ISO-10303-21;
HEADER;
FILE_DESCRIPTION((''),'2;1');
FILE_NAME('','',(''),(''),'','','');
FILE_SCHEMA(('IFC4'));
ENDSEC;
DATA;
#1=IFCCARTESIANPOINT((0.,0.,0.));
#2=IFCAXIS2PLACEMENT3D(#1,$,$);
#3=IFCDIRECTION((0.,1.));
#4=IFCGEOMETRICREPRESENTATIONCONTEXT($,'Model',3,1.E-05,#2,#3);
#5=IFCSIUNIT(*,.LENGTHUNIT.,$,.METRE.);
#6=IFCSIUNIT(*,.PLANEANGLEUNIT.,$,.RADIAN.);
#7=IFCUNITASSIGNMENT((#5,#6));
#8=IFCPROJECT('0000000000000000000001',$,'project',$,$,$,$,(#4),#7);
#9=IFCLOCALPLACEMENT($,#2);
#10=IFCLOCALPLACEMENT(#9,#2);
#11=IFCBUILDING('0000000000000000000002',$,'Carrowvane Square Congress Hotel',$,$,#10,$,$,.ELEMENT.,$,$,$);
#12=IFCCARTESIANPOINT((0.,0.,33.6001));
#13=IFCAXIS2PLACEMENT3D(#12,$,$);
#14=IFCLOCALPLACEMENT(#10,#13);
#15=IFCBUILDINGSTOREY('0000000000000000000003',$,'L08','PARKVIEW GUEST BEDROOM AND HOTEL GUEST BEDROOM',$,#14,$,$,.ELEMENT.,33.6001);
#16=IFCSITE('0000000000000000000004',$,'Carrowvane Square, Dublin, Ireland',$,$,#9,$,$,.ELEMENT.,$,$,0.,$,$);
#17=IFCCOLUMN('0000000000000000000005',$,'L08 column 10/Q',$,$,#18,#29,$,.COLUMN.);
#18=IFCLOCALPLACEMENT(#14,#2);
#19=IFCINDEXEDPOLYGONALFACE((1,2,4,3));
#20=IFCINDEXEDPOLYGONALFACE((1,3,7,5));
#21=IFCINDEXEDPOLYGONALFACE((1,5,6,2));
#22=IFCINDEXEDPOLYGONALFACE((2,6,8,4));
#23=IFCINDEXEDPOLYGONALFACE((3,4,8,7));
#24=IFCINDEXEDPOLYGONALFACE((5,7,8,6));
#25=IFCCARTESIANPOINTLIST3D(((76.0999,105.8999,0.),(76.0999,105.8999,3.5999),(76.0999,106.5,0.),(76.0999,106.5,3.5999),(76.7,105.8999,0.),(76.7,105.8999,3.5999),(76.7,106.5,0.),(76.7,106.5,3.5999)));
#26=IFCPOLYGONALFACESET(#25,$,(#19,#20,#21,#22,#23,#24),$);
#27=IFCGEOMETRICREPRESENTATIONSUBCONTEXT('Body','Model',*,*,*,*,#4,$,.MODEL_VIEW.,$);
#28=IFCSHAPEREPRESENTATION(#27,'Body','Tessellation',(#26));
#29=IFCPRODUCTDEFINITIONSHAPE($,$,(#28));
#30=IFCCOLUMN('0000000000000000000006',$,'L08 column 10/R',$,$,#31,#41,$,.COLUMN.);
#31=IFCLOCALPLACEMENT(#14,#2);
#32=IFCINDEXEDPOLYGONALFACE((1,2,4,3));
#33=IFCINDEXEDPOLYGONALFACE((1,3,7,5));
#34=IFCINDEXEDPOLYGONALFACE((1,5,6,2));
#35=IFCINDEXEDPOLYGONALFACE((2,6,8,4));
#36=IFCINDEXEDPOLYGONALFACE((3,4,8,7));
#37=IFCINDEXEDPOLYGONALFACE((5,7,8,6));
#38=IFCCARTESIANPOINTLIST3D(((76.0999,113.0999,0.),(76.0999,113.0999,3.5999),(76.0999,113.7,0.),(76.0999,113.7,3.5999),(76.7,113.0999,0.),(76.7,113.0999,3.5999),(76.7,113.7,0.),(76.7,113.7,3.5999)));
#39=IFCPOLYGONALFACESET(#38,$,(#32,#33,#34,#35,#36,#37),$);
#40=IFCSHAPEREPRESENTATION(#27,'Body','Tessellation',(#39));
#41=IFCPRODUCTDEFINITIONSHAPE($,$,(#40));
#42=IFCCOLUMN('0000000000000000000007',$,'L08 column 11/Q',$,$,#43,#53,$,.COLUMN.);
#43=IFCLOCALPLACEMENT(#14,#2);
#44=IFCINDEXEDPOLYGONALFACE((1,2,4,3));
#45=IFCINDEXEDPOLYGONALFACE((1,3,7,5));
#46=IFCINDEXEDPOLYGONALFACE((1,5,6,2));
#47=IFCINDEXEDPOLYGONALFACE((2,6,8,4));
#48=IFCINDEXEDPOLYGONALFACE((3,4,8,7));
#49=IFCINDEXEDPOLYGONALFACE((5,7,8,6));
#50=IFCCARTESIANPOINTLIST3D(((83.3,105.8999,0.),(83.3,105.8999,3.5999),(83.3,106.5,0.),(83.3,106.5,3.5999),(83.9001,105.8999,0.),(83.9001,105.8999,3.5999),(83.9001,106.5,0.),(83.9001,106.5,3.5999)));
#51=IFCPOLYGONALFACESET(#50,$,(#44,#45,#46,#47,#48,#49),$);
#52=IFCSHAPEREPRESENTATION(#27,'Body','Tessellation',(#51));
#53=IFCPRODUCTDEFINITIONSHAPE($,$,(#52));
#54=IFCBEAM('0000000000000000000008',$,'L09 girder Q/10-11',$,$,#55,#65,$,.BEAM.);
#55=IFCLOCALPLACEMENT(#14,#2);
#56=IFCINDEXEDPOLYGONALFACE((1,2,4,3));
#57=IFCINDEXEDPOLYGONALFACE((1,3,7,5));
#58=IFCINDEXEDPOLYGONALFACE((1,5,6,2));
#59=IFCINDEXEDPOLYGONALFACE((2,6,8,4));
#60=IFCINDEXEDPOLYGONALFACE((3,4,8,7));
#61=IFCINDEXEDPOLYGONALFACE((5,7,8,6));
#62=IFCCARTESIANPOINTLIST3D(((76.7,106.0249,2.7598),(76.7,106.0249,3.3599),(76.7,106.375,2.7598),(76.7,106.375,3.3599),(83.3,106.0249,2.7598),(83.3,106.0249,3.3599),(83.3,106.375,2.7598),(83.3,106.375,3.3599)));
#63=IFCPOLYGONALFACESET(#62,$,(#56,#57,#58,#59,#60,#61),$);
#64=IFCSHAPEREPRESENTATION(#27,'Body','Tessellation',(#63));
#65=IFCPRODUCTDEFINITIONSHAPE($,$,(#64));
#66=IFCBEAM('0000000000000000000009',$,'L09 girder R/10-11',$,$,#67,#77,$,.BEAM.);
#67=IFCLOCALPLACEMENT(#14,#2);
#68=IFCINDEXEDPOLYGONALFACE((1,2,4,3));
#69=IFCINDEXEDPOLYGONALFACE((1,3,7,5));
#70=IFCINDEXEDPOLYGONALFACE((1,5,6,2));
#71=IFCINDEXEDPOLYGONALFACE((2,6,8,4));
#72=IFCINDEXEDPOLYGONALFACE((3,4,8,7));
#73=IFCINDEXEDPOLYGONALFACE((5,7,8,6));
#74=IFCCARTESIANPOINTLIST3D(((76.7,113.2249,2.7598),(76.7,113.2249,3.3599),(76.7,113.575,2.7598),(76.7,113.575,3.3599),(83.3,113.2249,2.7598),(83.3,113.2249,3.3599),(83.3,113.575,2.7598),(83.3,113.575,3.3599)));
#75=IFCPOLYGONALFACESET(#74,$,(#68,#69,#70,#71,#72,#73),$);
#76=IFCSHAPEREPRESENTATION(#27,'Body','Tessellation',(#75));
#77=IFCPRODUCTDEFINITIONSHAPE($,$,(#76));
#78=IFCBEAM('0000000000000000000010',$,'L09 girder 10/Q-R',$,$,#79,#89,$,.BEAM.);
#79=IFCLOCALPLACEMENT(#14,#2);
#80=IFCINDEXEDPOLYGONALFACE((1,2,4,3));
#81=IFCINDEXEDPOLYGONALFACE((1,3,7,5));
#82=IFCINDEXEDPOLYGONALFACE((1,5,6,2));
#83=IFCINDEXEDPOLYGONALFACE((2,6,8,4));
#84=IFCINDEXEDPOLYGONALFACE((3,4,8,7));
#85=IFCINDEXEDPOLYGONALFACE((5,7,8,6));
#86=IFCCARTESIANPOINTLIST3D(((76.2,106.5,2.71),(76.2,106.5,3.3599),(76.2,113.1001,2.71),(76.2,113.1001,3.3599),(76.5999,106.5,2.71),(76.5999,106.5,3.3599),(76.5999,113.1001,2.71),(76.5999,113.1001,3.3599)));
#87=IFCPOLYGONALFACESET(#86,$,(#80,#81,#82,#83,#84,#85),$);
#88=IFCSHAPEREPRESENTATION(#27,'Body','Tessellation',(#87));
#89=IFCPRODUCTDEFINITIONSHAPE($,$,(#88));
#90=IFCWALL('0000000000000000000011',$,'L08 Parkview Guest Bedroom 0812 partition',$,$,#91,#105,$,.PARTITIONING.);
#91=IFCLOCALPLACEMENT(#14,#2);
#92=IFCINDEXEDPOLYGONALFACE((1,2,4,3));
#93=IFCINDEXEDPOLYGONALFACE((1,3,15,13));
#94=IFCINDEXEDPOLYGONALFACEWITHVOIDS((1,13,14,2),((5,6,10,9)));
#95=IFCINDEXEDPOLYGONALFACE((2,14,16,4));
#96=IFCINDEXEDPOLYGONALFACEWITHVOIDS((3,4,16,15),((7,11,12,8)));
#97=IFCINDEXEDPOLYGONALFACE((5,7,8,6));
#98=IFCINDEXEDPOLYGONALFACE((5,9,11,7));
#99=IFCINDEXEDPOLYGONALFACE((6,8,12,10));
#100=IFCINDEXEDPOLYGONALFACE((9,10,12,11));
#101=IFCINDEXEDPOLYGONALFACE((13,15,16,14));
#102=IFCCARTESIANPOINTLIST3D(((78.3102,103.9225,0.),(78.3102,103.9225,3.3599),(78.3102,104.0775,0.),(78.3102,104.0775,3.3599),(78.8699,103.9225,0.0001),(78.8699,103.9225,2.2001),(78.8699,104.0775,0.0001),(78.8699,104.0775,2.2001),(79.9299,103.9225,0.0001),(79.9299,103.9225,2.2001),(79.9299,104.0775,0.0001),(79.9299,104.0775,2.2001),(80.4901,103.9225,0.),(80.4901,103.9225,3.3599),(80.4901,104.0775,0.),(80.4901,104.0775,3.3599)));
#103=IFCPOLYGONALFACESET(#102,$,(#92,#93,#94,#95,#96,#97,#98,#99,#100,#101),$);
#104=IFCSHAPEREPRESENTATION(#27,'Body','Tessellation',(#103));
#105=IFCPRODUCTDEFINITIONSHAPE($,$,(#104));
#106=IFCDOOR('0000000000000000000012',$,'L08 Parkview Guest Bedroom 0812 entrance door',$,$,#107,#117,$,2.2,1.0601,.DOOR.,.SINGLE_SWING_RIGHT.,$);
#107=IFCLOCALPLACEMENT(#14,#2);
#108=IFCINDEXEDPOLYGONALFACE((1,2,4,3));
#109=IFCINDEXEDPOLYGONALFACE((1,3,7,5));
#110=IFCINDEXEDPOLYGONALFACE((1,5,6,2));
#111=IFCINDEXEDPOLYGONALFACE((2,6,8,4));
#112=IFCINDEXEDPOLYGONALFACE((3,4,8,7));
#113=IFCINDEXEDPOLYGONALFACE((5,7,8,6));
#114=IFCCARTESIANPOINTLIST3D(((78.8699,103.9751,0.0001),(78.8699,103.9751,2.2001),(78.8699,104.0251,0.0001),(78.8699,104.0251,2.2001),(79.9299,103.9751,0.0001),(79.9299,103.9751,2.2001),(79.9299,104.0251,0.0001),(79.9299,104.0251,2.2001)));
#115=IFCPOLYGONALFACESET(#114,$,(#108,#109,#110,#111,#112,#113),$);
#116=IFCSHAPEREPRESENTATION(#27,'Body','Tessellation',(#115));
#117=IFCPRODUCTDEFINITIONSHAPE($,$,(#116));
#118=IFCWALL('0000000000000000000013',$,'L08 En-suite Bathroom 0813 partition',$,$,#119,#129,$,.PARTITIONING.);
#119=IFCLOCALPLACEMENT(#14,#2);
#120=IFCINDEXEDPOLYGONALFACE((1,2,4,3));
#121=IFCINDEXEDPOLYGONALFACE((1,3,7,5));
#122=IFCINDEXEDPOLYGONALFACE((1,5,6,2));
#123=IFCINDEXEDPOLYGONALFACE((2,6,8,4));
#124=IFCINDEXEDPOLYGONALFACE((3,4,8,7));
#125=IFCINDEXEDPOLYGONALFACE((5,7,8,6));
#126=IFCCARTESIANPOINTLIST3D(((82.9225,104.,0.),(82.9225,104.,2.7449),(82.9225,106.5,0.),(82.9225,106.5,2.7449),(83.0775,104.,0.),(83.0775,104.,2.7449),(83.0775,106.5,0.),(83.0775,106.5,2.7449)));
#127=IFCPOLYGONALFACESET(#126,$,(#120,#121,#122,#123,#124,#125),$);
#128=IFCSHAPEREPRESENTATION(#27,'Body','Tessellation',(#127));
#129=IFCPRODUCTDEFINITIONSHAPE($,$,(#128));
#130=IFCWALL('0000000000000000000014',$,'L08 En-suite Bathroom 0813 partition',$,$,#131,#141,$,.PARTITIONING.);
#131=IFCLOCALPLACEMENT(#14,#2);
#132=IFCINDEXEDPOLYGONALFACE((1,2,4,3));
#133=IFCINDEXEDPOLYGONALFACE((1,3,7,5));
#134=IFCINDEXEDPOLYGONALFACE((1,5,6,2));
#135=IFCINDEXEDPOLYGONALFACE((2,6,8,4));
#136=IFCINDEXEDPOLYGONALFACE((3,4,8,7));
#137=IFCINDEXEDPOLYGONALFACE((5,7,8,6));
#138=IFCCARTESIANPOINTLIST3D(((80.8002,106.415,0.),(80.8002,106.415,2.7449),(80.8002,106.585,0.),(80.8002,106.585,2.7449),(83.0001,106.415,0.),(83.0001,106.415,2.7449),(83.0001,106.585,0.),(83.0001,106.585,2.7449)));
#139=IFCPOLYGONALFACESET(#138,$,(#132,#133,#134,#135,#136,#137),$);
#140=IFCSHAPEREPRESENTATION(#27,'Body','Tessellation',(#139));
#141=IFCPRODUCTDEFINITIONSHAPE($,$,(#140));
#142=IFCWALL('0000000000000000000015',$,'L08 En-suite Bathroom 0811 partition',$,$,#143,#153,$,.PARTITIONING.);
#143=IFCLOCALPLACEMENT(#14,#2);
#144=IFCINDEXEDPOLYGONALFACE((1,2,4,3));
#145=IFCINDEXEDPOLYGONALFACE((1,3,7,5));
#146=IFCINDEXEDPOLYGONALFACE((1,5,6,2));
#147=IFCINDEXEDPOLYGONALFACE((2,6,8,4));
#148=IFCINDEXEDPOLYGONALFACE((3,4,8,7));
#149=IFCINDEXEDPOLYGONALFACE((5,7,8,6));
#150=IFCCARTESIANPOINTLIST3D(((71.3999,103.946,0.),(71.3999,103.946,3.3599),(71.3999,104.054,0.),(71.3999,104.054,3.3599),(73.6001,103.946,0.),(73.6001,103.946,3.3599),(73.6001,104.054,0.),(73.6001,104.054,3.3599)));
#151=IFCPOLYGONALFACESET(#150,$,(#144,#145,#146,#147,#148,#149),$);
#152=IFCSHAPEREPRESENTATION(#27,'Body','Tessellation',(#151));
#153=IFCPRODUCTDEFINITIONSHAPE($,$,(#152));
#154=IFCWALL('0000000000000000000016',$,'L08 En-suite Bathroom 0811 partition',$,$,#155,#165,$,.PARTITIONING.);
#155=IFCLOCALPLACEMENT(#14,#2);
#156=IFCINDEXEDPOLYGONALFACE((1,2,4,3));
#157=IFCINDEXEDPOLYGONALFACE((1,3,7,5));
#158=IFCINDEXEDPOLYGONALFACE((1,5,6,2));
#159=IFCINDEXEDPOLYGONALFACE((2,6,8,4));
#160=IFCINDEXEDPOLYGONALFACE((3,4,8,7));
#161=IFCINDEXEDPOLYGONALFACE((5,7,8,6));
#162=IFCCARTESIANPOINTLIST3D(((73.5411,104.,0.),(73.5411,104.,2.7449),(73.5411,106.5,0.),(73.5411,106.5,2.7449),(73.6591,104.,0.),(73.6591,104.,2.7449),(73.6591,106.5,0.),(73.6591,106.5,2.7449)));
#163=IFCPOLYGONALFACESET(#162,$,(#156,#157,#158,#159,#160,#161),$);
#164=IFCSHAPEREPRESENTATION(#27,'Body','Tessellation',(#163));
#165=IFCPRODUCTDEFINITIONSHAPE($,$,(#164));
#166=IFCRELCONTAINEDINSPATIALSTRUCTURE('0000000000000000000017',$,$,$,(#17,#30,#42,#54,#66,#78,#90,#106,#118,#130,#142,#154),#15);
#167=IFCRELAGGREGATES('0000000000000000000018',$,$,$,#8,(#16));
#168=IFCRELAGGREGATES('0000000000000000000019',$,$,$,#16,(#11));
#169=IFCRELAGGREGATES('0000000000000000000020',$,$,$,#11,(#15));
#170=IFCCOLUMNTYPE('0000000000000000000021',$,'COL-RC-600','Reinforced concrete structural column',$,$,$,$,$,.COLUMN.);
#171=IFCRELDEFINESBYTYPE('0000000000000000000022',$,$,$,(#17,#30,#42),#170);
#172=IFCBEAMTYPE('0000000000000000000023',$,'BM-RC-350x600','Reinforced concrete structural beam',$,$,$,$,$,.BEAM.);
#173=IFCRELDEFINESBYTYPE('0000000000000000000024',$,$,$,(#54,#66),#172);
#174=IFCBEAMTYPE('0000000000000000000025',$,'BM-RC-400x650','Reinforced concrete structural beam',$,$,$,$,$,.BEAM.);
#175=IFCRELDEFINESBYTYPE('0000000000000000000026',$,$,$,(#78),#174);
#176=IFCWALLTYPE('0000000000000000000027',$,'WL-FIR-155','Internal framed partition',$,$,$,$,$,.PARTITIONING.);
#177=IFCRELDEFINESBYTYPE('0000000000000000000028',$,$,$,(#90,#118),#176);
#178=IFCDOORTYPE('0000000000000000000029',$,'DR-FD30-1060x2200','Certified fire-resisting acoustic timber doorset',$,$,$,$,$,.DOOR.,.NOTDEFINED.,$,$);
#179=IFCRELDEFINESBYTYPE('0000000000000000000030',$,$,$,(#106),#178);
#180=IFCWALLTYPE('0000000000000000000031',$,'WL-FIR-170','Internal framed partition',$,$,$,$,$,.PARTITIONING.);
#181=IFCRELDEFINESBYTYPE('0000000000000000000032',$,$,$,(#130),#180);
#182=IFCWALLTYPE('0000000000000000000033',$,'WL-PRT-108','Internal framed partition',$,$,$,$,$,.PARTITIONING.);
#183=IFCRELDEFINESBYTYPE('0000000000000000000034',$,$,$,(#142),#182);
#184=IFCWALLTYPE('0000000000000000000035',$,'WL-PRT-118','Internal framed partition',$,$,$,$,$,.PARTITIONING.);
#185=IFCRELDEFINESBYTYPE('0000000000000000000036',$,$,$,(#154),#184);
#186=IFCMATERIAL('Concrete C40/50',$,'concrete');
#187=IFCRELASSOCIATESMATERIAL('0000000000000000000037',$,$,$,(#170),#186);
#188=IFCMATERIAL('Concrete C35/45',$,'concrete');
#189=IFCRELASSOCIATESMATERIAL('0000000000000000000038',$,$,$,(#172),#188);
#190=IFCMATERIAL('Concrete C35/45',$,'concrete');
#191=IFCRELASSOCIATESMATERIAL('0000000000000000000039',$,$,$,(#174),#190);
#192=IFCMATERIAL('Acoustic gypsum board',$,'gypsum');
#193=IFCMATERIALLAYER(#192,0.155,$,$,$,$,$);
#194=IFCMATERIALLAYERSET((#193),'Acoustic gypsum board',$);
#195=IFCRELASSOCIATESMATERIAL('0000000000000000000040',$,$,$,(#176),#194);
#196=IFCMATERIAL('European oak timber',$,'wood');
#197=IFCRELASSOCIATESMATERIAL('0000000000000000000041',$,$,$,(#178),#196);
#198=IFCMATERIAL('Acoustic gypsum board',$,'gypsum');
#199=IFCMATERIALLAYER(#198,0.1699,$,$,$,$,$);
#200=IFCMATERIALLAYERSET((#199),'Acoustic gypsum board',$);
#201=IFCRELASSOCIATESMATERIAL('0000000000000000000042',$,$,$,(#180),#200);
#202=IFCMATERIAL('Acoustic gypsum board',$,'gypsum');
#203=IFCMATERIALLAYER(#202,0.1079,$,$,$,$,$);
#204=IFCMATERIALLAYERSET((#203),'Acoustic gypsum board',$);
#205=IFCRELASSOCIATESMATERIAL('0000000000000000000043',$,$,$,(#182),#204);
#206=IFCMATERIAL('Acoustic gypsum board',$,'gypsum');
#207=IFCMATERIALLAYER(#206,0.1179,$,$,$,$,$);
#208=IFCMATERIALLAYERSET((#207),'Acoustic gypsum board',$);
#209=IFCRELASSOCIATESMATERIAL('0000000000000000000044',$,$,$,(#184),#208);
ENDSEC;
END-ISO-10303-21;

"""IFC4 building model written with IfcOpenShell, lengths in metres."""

from ifc_helpers import new_model, si_unit, direction, frame, frame_2d, origin, origin_2d, place, context, subcontext, project, spatial, rectangle, extrude, material, layer, layer_set, material_profile, profile_set, type_object, element, fill, save


model = new_model("IFC4")

# Units and contexts
model_context = context("Model", 3, precision=1e-05, world=origin(), true_north=direction((0.0, 1.0)))
body_context = subcontext(model_context, "Body", "Model", "MODEL_VIEW")
ifc_project = project(units=[si_unit("LENGTHUNIT", "METRE"), si_unit("PLANEANGLEUNIT", "RADIAN")], contexts=[model_context])

# Site, building, storey
site_placement = place(None, origin())
site = spatial("IfcSite", under=ifc_project, at=site_placement, Name="Carrowvane Square, Dublin, Ireland", CompositionType="ELEMENT", RefElevation=0.0)
building_placement = place(site_placement, origin())
building = spatial("IfcBuilding", under=site, at=building_placement, Name="Carrowvane Square Congress Hotel", CompositionType="ELEMENT")
storey_placement = place(building_placement, frame((0.0, 0.0, 33.6001)))
storey = spatial("IfcBuildingStorey", under=building, at=storey_placement, Name="L08", Description="PARKVIEW GUEST BEDROOM AND HOTEL GUEST BEDROOM", CompositionType="ELEMENT", Elevation=33.6001)

# Columns
ifc_material_1 = material(Name="Concrete C40/50", Category="concrete")
ifc_material_profile_1 = material_profile(ifc_material_1, rectangle(XDim=0.6001, YDim=0.6001, at=origin_2d()), Name="RC 600x600")
ifc_profile_set_1 = profile_set([ifc_material_profile_1], Name="Concrete C40/50")
column_type = type_object("IfcColumnType", Name="COL-RC-600", Description="Reinforced concrete structural column", PredefinedType="COLUMN", material=ifc_profile_set_1)
for number, where, z_axis, x_axis, name in (
    (1, (76.3999, 106.2, 0.0), (0.0, 0.0, 1.0), (1.0, 0.0, 0.0), "L08 column 10/Q"),
    (2, (76.3999, 113.3999, 0.0), (0.0, 0.0, 1.0), (1.0, 0.0, 0.0), "L08 column 10/R"),
    (3, (83.6001, 106.2, 0.0), (0.0, 0.0, 1.0), (1.0, 0.0, 0.0), "L08 column 11/Q"),
):
    element("IfcColumn", number, at=place(storey_placement, frame(where, z_axis=z_axis, x_axis=x_axis)), inside=storey, type_object=column_type, Name=name, PredefinedType="COLUMN", context=body_context, shape_type="SweptSolid", body=[
        extrude(rectangle(XDim=0.6001, YDim=0.6001, at=origin_2d()), origin(), (0.0, 0.0, 1.0), 3.5999),
    ])

# Beams
ifc_material_2 = material(Name="Concrete C35/45", Category="concrete")
ifc_material_profile_2 = material_profile(ifc_material_2, rectangle(XDim=0.3501, YDim=0.6001, at=origin_2d()), Name="RC 350x600")
ifc_profile_set_2 = profile_set([ifc_material_profile_2], Name="Concrete C35/45")
beam_type_1 = type_object("IfcBeamType", Name="BM-RC-350x600", Description="Reinforced concrete structural beam", PredefinedType="BEAM", material=ifc_profile_set_2)
for number, where, z_axis, x_axis, name in (
    (4, (76.7, 106.2, 3.0598), (1.0, 0.0, 0.0), (0.0, 1.0, 0.0), "L09 girder Q/10-11"),
    (5, (76.7, 113.3999, 3.0598), (1.0, 0.0, 0.0), (0.0, 1.0, 0.0), "L09 girder R/10-11"),
):
    element("IfcBeam", number, at=place(storey_placement, frame(where, z_axis=z_axis, x_axis=x_axis)), inside=storey, type_object=beam_type_1, Name=name, PredefinedType="BEAM", context=body_context, shape_type="SweptSolid", body=[
        extrude(rectangle(XDim=0.3501, YDim=0.6001, at=origin_2d()), origin(), (0.0, 0.0, 1.0), 6.6001),
    ])
ifc_material_3 = material(Name="Concrete C35/45", Category="concrete")
ifc_material_profile_3 = material_profile(ifc_material_3, rectangle(XDim=0.3999, YDim=0.6499, at=origin_2d()), Name="RC 400x650")
ifc_profile_set_3 = profile_set([ifc_material_profile_3], Name="Concrete C35/45")
beam_type_2 = type_object("IfcBeamType", Name="BM-RC-400x650", Description="Reinforced concrete structural beam", PredefinedType="BEAM", material=ifc_profile_set_3)
beam_placement = place(storey_placement, frame((76.3999, 106.5, 3.0349), z_axis=(0.0, 1.0, 0.0), x_axis=(-1.0, 0.0, 0.0)))
element("IfcBeam", 6, at=beam_placement, inside=storey, type_object=beam_type_2, Name="L09 girder 10/Q-R", PredefinedType="BEAM", context=body_context, shape_type="SweptSolid", body=[
    extrude(rectangle(XDim=0.3999, YDim=0.6499, at=origin_2d()), origin(), (0.0, 0.0, 1.0), 6.6001),
])

# Wall, opening, door
ifc_material_4 = material(Name="Acoustic gypsum board", Category="gypsum")
ifc_layer_1 = layer(ifc_material_4, 0.155)
ifc_layer_set_1 = layer_set([ifc_layer_1], Name="Acoustic gypsum board")
wall_type_1 = type_object("IfcWallType", Name="WL-FIR-155", Description="Internal framed partition", PredefinedType="PARTITIONING", material=ifc_layer_set_1)
wall_1_placement = place(storey_placement, frame((80.49, 104.0, 0.0), z_axis=(0.0, 0.0, 1.0), x_axis=(-1.0, 0.0, 0.0)))
wall_1 = element("IfcWall", 7, at=wall_1_placement, inside=storey, type_object=wall_type_1, Name="L08 Parkview Guest Bedroom 0812 partition", PredefinedType="PARTITIONING", context=body_context, shape_type="SweptSolid", body=[
    extrude(rectangle(XDim=2.1799, YDim=0.155, at=frame_2d((1.0898, 0.0))), origin(), (0.0, 0.0, 1.0), 3.3599),
])
opening_1_placement = place(wall_1_placement, frame((0.5601, 0.0, 0.0)))
opening_1 = element("IfcOpeningElement", 8, at=opening_1_placement, cuts=wall_1, PredefinedType="OPENING", context=body_context, shape_type="SweptSolid", body=[
    extrude(rectangle(XDim=1.0601, YDim=2.2, at=frame_2d((0.53, 1.1001))), frame((0.0, 0.0874, 0.0), z_axis=(0.0, -1.0, 0.0), x_axis=(1.0, 0.0, 0.0)), (0.0, 0.0, 1.0), 0.175),
])
ifc_material_5 = material(Name="European oak timber", Category="wood")
door_type_1 = type_object("IfcDoorType", Name="DR-FD30-1060x2200", Description="Certified fire-resisting acoustic timber doorset", OperationType="NOTDEFINED", PredefinedType="DOOR", material=ifc_material_5)
door_1_placement = place(opening_1_placement, origin())
door_1 = element("IfcDoor", 9, at=door_1_placement, inside=storey, type_object=door_type_1, Name="L08 Parkview Guest Bedroom 0812 entrance door", OperationType="SINGLE_SWING_RIGHT", OverallHeight=2.2, OverallWidth=1.0601, PredefinedType="DOOR", context=body_context, shape_type="SweptSolid", body=[
    extrude(rectangle(XDim=1.0601, YDim=2.2, at=frame_2d((0.53, 1.1001))), frame((0.0, 0.0249, 0.0), z_axis=(0.0, -1.0, 0.0), x_axis=(1.0, 0.0, 0.0)), (0.0, 0.0, 1.0), 0.05),
])
fill(opening_1, door_1)

# Walls
wall_2_placement = place(storey_placement, frame((83.0, 106.5, 0.0), z_axis=(0.0, 0.0, 1.0), x_axis=(0.0, -1.0, 0.0)))
element("IfcWall", 10, at=wall_2_placement, inside=storey, type_object=wall_type_1, Name="L08 En-suite Bathroom 0813 partition", PredefinedType="PARTITIONING", context=body_context, shape_type="SweptSolid", body=[
    extrude(rectangle(XDim=2.5, YDim=0.155, at=frame_2d((1.25, 0.0))), origin(), (0.0, 0.0, 1.0), 2.7449),
])
ifc_material_6 = material(Name="Acoustic gypsum board", Category="gypsum")
ifc_layer_2 = layer(ifc_material_6, 0.1699)
ifc_layer_set_2 = layer_set([ifc_layer_2], Name="Acoustic gypsum board")
wall_type_2 = type_object("IfcWallType", Name="WL-FIR-170", Description="Internal framed partition", PredefinedType="PARTITIONING", material=ifc_layer_set_2)
wall_3_placement = place(storey_placement, frame((80.8, 106.5, 0.0), z_axis=(0.0, 0.0, 1.0), x_axis=(1.0, 0.0, 0.0)))
element("IfcWall", 11, at=wall_3_placement, inside=storey, type_object=wall_type_2, Name="L08 En-suite Bathroom 0813 partition", PredefinedType="PARTITIONING", context=body_context, shape_type="SweptSolid", body=[
    extrude(rectangle(XDim=2.2, YDim=0.1699, at=frame_2d((1.1001, 0.0))), origin(), (0.0, 0.0, 1.0), 2.7449),
])

# Walls
ifc_material_7 = material(Name="Acoustic gypsum board", Category="gypsum")
ifc_layer_3 = layer(ifc_material_7, 0.1079)
ifc_layer_set_3 = layer_set([ifc_layer_3], Name="Acoustic gypsum board")
wall_type_3 = type_object("IfcWallType", Name="WL-PRT-108", Description="Internal framed partition", PredefinedType="PARTITIONING", material=ifc_layer_set_3)
wall_4_placement = place(storey_placement, frame((73.6001, 104.0, 0.0), z_axis=(0.0, 0.0, 1.0), x_axis=(-1.0, 0.0, 0.0)))
element("IfcWall", 12, at=wall_4_placement, inside=storey, type_object=wall_type_3, Name="L08 En-suite Bathroom 0811 partition", PredefinedType="PARTITIONING", context=body_context, shape_type="SweptSolid", body=[
    extrude(rectangle(XDim=2.2002, YDim=0.1079, at=frame_2d((1.1001, 0.0))), origin(), (0.0, 0.0, 1.0), 3.3599),
])
ifc_material_8 = material(Name="Acoustic gypsum board", Category="gypsum")
ifc_layer_4 = layer(ifc_material_8, 0.1179)
ifc_layer_set_4 = layer_set([ifc_layer_4], Name="Acoustic gypsum board")
wall_type_4 = type_object("IfcWallType", Name="WL-PRT-118", Description="Internal framed partition", PredefinedType="PARTITIONING", material=ifc_layer_set_4)
wall_5_placement = place(storey_placement, frame((73.6001, 106.5, 0.0), z_axis=(0.0, 0.0, 1.0), x_axis=(0.0, -1.0, 0.0)))
element("IfcWall", 13, at=wall_5_placement, inside=storey, type_object=wall_type_4, Name="L08 En-suite Bathroom 0811 partition", PredefinedType="PARTITIONING", context=body_context, shape_type="SweptSolid", body=[
    extrude(rectangle(XDim=2.5, YDim=0.1179, at=frame_2d((1.25, 0.0))), origin(), (0.0, 0.0, 1.0), 2.7449),
])

save(model, "model.ifc")
